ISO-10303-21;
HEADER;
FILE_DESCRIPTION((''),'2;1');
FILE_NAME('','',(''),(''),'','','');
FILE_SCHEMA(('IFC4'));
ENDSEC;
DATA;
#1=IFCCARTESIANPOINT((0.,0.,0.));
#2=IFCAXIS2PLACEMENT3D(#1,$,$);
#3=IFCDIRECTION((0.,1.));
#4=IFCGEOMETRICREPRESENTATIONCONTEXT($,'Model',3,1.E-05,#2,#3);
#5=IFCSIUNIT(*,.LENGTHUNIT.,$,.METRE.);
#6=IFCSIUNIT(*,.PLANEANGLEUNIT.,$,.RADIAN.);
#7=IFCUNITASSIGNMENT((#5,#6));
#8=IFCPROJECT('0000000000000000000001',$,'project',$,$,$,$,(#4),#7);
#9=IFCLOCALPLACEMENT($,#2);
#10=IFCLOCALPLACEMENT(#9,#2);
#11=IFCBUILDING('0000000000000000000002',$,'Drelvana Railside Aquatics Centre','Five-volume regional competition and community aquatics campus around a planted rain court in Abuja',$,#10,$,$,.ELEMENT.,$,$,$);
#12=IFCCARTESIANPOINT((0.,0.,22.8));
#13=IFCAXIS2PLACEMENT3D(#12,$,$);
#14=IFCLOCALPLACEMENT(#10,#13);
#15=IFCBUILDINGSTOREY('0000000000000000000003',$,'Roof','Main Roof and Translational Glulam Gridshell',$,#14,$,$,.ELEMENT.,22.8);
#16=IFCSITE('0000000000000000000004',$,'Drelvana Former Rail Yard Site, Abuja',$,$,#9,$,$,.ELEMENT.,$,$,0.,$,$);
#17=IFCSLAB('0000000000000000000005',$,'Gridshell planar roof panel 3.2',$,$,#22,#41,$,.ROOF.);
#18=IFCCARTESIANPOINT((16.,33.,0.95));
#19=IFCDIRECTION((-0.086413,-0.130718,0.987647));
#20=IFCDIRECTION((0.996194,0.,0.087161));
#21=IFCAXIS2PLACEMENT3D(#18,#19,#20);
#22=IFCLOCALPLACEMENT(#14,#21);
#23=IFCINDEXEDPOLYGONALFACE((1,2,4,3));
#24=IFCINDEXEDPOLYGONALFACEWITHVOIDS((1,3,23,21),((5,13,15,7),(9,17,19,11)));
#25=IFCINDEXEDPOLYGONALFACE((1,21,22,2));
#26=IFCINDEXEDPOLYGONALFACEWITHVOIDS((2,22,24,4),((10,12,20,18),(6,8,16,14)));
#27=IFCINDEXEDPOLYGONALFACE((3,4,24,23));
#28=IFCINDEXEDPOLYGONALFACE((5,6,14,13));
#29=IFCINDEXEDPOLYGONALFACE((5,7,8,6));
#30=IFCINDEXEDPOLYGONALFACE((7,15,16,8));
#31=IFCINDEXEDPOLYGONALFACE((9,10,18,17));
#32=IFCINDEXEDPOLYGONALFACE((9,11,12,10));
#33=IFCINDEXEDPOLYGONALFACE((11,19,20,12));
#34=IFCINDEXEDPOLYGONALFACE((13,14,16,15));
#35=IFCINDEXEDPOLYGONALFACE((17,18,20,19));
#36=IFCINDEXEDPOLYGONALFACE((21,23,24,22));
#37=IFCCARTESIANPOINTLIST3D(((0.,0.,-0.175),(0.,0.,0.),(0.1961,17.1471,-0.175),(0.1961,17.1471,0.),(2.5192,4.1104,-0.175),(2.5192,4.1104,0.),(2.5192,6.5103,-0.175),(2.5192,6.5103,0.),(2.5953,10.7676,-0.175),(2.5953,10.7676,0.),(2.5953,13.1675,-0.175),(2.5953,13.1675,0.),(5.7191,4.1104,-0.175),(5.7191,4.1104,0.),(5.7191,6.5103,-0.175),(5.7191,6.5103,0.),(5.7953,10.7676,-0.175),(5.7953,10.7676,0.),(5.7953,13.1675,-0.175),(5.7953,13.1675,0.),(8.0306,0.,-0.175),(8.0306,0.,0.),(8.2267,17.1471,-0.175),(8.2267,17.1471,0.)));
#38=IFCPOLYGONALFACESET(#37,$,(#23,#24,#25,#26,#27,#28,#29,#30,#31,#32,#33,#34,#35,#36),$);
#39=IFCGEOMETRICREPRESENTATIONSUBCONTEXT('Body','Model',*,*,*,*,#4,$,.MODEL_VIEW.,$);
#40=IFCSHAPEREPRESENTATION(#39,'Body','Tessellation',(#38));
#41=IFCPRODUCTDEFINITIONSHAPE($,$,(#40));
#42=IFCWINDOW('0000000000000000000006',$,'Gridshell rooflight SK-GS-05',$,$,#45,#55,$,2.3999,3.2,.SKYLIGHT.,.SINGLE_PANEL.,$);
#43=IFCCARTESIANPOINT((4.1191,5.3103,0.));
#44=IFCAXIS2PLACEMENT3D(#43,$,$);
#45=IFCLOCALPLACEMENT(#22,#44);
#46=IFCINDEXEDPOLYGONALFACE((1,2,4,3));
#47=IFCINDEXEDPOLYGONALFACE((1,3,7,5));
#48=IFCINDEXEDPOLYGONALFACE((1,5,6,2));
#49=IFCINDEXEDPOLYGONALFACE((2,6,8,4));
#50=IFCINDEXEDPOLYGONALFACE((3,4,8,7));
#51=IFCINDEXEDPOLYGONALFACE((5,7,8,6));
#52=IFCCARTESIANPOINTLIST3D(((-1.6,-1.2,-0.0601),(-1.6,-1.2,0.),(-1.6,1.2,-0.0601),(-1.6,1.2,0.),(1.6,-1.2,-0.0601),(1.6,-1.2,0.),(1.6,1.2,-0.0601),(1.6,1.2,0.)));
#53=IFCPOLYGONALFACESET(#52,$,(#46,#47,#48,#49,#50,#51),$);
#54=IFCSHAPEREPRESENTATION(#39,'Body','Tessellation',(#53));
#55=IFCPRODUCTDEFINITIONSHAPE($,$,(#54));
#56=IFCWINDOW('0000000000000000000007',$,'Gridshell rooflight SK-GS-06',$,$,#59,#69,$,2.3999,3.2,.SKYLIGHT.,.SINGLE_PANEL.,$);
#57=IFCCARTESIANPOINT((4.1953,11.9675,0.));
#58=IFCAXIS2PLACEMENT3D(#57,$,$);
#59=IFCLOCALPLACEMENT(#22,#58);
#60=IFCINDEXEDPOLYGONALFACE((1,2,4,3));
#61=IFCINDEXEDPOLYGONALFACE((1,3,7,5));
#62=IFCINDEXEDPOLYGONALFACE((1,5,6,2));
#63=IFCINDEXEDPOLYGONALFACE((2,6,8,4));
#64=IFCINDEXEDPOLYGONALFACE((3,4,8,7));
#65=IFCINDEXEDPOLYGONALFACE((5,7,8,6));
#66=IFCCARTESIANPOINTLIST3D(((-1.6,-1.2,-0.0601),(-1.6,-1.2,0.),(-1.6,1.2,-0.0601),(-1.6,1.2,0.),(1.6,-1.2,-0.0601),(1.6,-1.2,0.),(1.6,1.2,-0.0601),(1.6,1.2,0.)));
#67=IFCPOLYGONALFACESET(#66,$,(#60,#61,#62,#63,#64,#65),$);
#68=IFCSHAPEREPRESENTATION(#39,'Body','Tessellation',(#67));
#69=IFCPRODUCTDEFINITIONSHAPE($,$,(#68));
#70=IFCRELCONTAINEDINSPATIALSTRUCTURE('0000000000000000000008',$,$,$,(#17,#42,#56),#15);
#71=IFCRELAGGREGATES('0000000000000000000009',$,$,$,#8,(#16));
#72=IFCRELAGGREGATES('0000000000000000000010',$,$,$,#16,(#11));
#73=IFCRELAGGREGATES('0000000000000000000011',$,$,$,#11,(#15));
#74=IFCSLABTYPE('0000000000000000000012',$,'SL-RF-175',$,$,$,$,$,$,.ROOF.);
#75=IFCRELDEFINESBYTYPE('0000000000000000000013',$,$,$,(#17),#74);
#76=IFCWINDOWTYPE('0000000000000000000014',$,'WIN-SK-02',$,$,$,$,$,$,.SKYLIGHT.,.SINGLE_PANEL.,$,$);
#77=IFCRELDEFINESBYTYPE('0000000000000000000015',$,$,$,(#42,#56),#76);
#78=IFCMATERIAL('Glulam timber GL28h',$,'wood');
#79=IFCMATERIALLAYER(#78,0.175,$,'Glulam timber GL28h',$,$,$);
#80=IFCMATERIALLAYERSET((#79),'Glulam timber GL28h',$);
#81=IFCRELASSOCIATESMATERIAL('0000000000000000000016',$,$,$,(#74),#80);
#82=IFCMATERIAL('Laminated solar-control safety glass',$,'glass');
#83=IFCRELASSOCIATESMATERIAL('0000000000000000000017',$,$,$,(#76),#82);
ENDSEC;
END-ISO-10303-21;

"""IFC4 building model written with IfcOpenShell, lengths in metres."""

from ifc_helpers import new_model, si_unit, direction, frame, origin, origin_2d, place, context, subcontext, project, spatial, polyline, rectangle, outline, extrude, material, layer, layer_set, type_object, element, fill, save


model = new_model("IFC4")

# Units and contexts
model_context = context("Model", 3, precision=1e-05, world=origin(), true_north=direction((0.0, 1.0)))
body_context = subcontext(model_context, "Body", "Model", "MODEL_VIEW")
ifc_project = project(units=[si_unit("LENGTHUNIT", "METRE"), si_unit("PLANEANGLEUNIT", "RADIAN")], contexts=[model_context])

# Site, building, storey
site_placement = place(None, origin())
site = spatial("IfcSite", under=ifc_project, at=site_placement, Name="Drelvana Former Rail Yard Site, Abuja", CompositionType="ELEMENT", RefElevation=0.0)
building_placement = place(site_placement, origin())
building = spatial("IfcBuilding", under=site, at=building_placement, Name="Drelvana Railside Aquatics Centre", Description="Five-volume regional competition and community aquatics campus around a planted rain court in Abuja", CompositionType="ELEMENT")
storey_placement = place(building_placement, frame((0.0, 0.0, 22.8)))
storey = spatial("IfcBuildingStorey", under=building, at=storey_placement, Name="Roof", Description="Main Roof and Translational Glulam Gridshell", CompositionType="ELEMENT", Elevation=22.8)

# Shared definitions
ifc_material_1 = material(Name="Glulam timber GL28h", Category="wood")

# Shared definitions
ifc_layer_1 = layer(ifc_material_1, 0.175, Name="Glulam timber GL28h")
ifc_layer_set_1 = layer_set([ifc_layer_1], Name="Glulam timber GL28h")
slab_type = type_object("IfcSlabType", Name="SL-RF-175", PredefinedType="ROOF", material=ifc_layer_set_1)

# Slab, openings, windows
ifc_material_2 = material(Name="Laminated solar-control safety glass", Category="glass")
window_type = type_object("IfcWindowType", Name="WIN-SK-02", PartitioningType="SINGLE_PANEL", PredefinedType="SKYLIGHT", material=ifc_material_2)
slab_1_placement = place(storey_placement, frame((16.0, 33.0, 0.95), z_axis=(-0.086413, -0.130718, 0.987647), x_axis=(0.996194, 0.0, 0.087161)))
slab_1 = element("IfcSlab", 1, at=slab_1_placement, inside=storey, type_object=slab_type, Name="Gridshell planar roof panel 3.2", PredefinedType="ROOF", context=body_context, shape_type="SweptSolid", body=[
    extrude(outline(polyline([(0.0, 0.0), (8.0306, 0.0), (8.2267, 17.1471), (0.1961, 17.1471), (0.0, 0.0)])), origin(), (0.0, 0.0, -1.0), 0.175),
])
opening_1_placement = place(slab_1_placement, frame((4.1191, 5.3103, 0.01)))
opening_1 = element("IfcOpeningElement", 2, at=opening_1_placement, cuts=slab_1, PredefinedType="OPENING", context=body_context, shape_type="SweptSolid", body=[
    extrude(rectangle(XDim=3.2, YDim=2.3999, at=origin_2d()), origin(), (0.0, 0.0, -1.0), 0.1951),
])
opening_2_placement = place(slab_1_placement, frame((4.1953, 11.9675, 0.01)))
opening_2 = element("IfcOpeningElement", 3, at=opening_2_placement, cuts=slab_1, PredefinedType="OPENING", context=body_context, shape_type="SweptSolid", body=[
    extrude(rectangle(XDim=3.2, YDim=2.3999, at=origin_2d()), origin(), (0.0, 0.0, -1.0), 0.1951),
])
window_1_placement = place(slab_1_placement, frame((4.1191, 5.3103, 0.0)))
window_1 = element("IfcWindow", 4, at=window_1_placement, inside=storey, type_object=window_type, Name="Gridshell rooflight SK-GS-05", OverallHeight=2.3999, OverallWidth=3.2, PartitioningType="SINGLE_PANEL", PredefinedType="SKYLIGHT", context=body_context, shape_type="SweptSolid", body=[
    extrude(rectangle(XDim=3.2, YDim=2.3999, at=origin_2d()), origin(), (0.0, 0.0, -1.0), 0.0601),
])
fill(opening_1, window_1)
window_2_placement = place(slab_1_placement, frame((4.1953, 11.9675, 0.0)))
window_2 = element("IfcWindow", 5, at=window_2_placement, inside=storey, type_object=window_type, Name="Gridshell rooflight SK-GS-06", OverallHeight=2.3999, OverallWidth=3.2, PartitioningType="SINGLE_PANEL", PredefinedType="SKYLIGHT", context=body_context, shape_type="SweptSolid", body=[
    extrude(rectangle(XDim=3.2, YDim=2.3999, at=origin_2d()), origin(), (0.0, 0.0, -1.0), 0.0601),
])
fill(opening_2, window_2)

save(model, "model.ifc")
